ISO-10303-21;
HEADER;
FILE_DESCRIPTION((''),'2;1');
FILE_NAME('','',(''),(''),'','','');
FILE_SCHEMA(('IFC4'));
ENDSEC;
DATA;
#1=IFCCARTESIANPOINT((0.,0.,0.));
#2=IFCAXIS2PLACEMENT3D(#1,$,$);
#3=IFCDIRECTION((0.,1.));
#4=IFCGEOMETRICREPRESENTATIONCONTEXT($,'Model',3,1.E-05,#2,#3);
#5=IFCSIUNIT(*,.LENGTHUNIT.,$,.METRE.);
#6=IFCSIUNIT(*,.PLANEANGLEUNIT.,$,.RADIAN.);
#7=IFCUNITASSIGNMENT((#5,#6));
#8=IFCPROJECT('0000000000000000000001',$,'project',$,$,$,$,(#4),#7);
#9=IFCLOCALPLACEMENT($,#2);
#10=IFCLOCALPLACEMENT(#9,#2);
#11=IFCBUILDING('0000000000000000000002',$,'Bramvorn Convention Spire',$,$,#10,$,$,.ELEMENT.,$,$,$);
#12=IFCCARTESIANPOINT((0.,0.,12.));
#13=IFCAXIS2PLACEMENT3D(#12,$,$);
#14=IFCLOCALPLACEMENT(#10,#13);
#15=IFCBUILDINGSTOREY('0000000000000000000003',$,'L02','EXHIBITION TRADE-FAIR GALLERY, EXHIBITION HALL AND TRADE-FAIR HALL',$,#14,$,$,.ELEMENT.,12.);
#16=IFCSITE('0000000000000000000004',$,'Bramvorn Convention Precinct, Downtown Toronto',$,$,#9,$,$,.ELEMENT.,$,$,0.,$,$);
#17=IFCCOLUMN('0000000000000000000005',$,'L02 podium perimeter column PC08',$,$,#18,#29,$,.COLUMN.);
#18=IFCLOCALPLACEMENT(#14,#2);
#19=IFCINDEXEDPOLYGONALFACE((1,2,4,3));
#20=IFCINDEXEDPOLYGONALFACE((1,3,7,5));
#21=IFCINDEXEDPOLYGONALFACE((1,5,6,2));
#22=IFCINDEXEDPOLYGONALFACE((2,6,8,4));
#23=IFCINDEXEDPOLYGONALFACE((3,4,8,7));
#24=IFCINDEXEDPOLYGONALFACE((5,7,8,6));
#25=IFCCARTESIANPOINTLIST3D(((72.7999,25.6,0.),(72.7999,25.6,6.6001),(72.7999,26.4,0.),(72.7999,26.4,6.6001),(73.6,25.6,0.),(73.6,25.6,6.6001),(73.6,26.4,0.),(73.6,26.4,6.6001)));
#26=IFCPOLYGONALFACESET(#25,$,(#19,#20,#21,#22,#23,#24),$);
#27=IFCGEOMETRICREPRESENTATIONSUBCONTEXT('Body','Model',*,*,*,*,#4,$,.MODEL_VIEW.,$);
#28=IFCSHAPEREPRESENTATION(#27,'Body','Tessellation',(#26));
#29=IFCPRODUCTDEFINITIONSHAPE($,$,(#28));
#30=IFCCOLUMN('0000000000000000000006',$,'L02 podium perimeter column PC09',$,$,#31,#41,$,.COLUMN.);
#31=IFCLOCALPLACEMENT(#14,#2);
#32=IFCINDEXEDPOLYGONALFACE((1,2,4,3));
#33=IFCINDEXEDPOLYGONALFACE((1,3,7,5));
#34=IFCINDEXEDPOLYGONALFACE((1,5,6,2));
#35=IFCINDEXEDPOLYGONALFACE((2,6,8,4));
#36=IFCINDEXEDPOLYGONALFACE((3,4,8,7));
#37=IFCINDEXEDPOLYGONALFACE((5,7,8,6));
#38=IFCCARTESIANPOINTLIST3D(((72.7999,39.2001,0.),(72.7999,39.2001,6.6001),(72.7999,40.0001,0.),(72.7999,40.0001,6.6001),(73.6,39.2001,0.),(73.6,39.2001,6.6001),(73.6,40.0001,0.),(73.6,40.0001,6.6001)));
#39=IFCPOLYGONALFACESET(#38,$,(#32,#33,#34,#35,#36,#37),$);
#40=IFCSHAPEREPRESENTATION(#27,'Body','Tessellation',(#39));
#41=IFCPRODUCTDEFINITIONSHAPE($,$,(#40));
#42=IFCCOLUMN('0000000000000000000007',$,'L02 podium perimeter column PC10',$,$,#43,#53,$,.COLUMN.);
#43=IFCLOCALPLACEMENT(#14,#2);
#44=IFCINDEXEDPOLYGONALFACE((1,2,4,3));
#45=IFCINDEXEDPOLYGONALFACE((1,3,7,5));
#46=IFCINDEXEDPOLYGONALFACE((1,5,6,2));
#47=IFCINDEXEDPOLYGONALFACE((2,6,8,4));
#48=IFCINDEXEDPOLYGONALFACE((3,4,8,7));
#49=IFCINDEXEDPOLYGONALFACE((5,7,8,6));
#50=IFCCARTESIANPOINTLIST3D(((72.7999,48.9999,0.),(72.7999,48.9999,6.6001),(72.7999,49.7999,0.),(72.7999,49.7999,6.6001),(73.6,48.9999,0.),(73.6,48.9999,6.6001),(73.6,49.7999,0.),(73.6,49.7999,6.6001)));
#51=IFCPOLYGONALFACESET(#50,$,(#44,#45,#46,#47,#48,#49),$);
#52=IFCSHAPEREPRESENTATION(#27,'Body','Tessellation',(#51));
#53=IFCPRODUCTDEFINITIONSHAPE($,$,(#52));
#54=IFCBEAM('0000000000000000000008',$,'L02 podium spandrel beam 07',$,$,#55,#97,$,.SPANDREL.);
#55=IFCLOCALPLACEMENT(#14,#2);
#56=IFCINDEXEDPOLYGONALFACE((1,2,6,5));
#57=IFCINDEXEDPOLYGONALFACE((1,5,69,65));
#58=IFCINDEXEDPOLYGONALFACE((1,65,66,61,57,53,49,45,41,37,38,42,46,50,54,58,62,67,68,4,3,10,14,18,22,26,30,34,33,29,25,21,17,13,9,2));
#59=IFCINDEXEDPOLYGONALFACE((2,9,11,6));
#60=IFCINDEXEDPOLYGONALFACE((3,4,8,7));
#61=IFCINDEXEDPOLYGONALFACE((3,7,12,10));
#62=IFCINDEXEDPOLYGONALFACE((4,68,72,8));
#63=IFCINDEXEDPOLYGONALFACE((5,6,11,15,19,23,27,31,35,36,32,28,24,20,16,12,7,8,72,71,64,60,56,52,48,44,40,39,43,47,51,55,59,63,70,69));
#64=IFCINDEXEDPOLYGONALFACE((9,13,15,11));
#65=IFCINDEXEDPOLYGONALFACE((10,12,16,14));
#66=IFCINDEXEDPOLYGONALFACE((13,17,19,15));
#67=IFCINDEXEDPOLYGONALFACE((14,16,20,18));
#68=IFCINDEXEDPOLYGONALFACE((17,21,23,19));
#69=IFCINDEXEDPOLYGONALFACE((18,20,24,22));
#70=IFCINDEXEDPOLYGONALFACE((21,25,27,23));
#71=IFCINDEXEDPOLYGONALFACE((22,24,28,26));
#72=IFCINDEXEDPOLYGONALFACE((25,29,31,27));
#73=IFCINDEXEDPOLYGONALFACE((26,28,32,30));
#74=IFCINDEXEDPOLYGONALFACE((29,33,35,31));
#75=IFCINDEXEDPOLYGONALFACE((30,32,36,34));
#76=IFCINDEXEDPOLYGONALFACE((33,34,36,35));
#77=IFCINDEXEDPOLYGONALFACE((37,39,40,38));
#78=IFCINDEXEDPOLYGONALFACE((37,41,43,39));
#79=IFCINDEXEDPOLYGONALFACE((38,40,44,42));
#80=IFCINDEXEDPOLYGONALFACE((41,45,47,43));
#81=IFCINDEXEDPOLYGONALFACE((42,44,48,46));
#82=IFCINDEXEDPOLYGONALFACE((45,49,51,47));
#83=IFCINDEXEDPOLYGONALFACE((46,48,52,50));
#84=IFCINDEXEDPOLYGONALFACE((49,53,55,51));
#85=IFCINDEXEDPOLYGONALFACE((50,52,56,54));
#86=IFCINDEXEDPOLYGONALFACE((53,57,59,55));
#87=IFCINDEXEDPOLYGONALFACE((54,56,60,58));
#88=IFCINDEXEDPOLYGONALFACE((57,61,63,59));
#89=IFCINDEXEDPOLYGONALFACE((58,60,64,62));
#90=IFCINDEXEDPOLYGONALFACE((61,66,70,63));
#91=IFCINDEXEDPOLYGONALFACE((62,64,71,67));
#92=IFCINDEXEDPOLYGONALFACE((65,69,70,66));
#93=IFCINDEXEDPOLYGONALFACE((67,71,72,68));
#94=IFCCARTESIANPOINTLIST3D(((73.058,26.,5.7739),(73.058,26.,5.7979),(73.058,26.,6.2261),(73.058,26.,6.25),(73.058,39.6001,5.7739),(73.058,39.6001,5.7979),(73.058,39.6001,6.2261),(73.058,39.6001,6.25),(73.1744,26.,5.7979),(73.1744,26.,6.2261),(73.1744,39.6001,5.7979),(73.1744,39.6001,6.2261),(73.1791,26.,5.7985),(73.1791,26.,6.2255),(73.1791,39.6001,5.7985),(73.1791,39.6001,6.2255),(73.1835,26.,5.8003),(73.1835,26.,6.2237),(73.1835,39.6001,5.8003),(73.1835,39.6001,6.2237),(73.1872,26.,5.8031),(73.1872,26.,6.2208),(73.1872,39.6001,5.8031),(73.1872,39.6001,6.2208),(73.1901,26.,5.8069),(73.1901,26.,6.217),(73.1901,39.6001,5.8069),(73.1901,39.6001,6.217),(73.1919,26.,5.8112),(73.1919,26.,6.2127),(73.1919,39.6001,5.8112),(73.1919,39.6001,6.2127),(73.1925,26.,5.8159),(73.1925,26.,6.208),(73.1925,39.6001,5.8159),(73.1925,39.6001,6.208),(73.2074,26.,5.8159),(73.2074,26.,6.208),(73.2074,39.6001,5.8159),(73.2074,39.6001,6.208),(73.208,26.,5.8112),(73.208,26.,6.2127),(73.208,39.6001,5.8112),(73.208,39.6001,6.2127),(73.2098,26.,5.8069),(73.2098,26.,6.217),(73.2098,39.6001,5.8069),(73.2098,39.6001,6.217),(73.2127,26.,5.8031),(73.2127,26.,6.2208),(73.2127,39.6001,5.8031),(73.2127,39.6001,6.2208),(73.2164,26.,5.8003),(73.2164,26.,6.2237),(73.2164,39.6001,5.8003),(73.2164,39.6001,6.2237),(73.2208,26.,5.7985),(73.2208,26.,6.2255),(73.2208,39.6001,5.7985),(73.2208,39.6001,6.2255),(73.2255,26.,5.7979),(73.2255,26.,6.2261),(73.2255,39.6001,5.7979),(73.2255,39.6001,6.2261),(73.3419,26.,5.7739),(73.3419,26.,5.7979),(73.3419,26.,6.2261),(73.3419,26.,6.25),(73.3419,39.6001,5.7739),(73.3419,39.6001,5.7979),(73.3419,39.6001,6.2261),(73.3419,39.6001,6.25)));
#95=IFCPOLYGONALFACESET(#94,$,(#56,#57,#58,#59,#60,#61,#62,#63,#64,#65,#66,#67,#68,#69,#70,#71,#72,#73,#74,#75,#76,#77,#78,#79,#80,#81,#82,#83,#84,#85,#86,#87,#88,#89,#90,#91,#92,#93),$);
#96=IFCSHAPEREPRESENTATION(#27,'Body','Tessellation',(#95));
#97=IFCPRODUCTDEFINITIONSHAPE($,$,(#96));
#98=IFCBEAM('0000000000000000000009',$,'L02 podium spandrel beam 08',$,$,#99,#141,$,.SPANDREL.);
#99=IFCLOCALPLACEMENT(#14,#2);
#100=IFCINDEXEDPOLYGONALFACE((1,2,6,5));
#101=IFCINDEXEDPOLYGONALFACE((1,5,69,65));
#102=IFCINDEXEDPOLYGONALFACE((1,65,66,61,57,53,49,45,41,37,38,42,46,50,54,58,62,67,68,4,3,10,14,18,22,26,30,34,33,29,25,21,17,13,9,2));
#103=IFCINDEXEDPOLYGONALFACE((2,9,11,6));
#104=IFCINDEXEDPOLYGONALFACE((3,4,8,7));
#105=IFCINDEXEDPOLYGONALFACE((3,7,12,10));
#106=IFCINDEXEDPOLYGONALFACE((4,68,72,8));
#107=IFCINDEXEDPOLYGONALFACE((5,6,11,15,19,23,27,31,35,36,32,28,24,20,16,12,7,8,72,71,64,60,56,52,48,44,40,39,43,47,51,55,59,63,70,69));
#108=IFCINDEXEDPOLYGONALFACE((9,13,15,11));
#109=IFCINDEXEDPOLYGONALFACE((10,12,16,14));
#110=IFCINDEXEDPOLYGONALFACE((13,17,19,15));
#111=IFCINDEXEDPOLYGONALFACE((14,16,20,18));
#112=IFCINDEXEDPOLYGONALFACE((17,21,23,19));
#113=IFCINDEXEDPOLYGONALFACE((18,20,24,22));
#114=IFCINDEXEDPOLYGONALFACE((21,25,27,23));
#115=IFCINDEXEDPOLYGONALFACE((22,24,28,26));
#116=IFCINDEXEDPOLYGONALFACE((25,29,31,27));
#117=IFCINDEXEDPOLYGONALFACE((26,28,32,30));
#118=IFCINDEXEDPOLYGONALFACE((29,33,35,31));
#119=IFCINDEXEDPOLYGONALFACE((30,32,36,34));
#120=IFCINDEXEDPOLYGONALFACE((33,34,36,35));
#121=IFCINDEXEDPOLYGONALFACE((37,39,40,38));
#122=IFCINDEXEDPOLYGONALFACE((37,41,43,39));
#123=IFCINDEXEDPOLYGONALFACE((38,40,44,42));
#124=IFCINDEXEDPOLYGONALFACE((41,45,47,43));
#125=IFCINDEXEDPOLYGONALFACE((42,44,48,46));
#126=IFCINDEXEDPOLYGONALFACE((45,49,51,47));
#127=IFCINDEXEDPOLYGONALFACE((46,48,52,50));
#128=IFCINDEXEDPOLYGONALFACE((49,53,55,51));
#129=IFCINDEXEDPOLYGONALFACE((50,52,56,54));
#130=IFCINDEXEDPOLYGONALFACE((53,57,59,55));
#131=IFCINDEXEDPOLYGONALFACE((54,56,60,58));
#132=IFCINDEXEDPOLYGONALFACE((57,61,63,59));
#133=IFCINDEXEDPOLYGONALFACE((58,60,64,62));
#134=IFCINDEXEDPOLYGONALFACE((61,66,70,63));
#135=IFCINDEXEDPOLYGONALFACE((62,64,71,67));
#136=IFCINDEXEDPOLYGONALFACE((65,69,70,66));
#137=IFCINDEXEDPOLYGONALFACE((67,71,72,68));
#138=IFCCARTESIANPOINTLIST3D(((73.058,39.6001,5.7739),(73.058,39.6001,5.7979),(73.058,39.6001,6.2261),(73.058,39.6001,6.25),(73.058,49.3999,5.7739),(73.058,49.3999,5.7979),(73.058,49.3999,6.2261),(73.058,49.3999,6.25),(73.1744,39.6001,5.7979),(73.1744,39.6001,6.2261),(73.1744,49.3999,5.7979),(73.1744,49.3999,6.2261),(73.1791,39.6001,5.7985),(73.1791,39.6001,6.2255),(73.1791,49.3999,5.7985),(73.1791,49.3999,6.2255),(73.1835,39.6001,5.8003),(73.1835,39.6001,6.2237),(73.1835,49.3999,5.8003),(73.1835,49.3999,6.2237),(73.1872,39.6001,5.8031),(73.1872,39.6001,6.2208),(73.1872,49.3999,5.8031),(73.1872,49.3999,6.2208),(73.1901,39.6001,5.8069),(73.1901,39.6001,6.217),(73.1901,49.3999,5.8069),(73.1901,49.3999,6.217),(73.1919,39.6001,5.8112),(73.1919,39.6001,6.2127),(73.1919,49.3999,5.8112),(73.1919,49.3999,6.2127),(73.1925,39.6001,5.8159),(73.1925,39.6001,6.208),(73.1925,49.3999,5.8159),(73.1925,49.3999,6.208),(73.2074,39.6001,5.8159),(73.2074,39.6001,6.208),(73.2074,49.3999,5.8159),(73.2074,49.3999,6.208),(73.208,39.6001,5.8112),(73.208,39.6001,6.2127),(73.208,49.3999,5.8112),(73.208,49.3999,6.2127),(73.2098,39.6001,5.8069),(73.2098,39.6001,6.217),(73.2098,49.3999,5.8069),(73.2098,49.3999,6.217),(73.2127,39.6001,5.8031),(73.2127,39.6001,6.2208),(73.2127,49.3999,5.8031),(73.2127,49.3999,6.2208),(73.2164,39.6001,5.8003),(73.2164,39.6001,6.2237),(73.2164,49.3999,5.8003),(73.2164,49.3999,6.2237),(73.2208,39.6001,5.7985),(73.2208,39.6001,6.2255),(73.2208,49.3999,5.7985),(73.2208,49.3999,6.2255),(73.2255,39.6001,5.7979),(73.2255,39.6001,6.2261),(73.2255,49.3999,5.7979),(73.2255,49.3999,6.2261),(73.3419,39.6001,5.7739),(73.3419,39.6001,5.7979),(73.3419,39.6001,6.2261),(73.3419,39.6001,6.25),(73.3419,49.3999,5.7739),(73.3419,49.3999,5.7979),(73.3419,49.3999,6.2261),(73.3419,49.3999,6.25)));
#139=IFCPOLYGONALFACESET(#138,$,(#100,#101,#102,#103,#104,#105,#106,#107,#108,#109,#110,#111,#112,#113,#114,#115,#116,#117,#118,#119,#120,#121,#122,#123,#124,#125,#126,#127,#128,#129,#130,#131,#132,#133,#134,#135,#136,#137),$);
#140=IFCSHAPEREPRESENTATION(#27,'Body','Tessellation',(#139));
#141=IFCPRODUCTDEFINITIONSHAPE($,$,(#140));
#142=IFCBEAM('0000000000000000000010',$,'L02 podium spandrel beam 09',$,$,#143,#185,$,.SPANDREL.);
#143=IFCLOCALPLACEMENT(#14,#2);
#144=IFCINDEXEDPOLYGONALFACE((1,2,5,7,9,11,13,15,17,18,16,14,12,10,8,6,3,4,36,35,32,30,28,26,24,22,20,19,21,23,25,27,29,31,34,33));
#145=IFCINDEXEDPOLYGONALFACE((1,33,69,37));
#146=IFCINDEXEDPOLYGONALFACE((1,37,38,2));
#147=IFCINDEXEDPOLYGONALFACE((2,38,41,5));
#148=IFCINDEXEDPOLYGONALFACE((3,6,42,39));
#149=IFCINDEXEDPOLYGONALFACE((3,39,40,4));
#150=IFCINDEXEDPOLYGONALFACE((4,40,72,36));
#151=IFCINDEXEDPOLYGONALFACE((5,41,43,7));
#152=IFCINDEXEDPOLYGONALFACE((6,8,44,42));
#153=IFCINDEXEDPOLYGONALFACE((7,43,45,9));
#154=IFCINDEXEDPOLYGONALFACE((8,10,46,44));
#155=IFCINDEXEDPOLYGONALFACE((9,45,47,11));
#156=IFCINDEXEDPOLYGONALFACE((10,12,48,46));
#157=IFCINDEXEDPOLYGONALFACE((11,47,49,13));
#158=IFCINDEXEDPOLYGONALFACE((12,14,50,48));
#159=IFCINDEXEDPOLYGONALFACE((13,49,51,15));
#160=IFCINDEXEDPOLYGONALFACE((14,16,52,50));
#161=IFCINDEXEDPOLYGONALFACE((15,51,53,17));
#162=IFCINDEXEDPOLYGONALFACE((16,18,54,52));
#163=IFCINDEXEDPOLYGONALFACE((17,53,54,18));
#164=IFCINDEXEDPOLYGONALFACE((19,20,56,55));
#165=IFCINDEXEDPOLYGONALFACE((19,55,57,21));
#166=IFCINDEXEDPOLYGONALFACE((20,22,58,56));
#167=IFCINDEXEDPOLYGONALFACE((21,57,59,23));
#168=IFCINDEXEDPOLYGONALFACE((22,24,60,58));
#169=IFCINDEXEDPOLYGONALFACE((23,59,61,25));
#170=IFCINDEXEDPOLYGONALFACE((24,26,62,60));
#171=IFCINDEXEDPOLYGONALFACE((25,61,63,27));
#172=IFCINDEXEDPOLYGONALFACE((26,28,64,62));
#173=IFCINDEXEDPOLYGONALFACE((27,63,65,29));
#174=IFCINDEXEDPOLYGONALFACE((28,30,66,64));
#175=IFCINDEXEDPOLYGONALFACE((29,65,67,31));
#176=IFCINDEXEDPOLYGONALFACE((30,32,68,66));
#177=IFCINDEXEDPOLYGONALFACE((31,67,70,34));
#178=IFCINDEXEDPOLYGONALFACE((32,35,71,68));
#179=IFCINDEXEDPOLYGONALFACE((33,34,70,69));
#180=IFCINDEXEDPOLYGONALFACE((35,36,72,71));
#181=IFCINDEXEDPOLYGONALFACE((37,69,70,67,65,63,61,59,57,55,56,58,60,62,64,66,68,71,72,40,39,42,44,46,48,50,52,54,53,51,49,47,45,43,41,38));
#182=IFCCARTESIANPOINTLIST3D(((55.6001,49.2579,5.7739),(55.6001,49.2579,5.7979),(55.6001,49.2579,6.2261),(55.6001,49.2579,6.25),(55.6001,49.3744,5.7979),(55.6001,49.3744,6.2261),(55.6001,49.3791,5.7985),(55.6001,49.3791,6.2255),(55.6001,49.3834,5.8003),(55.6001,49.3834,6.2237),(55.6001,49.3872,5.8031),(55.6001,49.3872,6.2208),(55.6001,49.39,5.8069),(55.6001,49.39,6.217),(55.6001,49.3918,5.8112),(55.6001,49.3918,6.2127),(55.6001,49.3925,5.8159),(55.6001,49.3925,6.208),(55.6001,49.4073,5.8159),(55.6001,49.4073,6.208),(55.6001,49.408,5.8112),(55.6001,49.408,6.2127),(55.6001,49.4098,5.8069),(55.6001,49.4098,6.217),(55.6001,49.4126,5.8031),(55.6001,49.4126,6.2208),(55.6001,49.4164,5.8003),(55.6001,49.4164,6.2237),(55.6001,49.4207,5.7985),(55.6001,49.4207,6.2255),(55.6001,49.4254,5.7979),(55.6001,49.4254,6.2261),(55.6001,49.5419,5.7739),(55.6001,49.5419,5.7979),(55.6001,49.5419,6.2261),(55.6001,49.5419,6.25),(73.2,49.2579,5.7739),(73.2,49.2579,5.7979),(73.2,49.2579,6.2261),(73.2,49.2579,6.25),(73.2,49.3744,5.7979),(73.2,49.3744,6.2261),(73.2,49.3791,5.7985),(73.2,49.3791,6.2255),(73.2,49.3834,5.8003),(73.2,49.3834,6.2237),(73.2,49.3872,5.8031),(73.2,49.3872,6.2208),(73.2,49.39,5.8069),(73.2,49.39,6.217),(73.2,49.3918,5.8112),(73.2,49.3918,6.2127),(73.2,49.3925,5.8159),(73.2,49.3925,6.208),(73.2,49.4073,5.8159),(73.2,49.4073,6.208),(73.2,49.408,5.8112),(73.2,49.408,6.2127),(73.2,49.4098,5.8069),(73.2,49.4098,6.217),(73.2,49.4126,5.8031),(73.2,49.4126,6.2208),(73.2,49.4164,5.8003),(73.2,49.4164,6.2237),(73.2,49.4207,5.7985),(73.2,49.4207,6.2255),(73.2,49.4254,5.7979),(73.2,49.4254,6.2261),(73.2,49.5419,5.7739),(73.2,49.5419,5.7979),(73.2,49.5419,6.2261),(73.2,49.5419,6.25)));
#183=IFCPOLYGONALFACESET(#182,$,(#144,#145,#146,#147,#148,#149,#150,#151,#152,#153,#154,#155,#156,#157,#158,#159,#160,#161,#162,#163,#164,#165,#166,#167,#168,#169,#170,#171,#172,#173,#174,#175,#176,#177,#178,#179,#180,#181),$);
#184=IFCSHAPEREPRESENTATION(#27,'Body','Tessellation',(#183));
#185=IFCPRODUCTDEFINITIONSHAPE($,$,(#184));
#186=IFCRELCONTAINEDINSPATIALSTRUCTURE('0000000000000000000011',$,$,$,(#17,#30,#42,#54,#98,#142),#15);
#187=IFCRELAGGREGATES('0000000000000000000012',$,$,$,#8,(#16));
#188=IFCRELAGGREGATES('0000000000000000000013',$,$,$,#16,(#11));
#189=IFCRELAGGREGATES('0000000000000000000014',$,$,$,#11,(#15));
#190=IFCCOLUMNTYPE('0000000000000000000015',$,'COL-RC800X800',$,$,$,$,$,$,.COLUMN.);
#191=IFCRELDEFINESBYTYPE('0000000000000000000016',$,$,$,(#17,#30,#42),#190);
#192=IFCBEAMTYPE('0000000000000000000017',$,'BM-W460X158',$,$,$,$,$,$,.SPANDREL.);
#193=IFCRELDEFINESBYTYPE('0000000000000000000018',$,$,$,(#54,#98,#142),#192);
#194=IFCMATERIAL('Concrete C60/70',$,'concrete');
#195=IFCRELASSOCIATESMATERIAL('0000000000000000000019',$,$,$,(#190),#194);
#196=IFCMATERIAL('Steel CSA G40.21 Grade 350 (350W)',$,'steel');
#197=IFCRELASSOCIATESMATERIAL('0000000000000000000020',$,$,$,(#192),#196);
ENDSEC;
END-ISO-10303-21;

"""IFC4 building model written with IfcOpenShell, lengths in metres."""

from ifc_helpers import new_model, si_unit, direction, frame, origin, origin_2d, place, context, subcontext, project, spatial, rectangle, i_section, extrude, material, material_profile, profile_set, type_object, element, save


model = new_model("IFC4")

# Units and contexts
model_context = context("Model", 3, precision=1e-05, world=origin(), true_north=direction((0.0, 1.0)))
body_context = subcontext(model_context, "Body", "Model", "MODEL_VIEW")
ifc_project = project(units=[si_unit("LENGTHUNIT", "METRE"), si_unit("PLANEANGLEUNIT", "RADIAN")], contexts=[model_context])

# Site, building, storey
site_placement = place(None, origin())
site = spatial("IfcSite", under=ifc_project, at=site_placement, Name="Bramvorn Convention Precinct, Downtown Toronto", CompositionType="ELEMENT", RefElevation=0.0)
building_placement = place(site_placement, origin())
building = spatial("IfcBuilding", under=site, at=building_placement, Name="Bramvorn Convention Spire", CompositionType="ELEMENT")
storey_placement = place(building_placement, frame((0.0, 0.0, 12.0)))
storey = spatial("IfcBuildingStorey", under=building, at=storey_placement, Name="L02", Description="EXHIBITION TRADE-FAIR GALLERY, EXHIBITION HALL AND TRADE-FAIR HALL", CompositionType="ELEMENT", Elevation=12.0)

# Columns
ifc_material_1 = material(Name="Concrete C60/70", Category="concrete")
ifc_material_profile_1 = material_profile(ifc_material_1, rectangle(XDim=0.8, YDim=0.8, at=origin_2d()))
ifc_profile_set_1 = profile_set([ifc_material_profile_1], Name="Concrete C60/70 - RC800X800")
column_type = type_object("IfcColumnType", Name="COL-RC800X800", PredefinedType="COLUMN", material=ifc_profile_set_1)
for number, where, z_axis, x_axis, name in (
    (1, (73.2, 26.0, 0.0), (0.0, 0.0, 1.0), (1.0, 0.0, 0.0), "L02 podium perimeter column PC08"),
    (2, (73.2, 39.6001, 0.0), (0.0, 0.0, 1.0), (1.0, 0.0, 0.0), "L02 podium perimeter column PC09"),
    (3, (73.2, 49.3999, 0.0), (0.0, 0.0, 1.0), (1.0, 0.0, 0.0), "L02 podium perimeter column PC10"),
):
    element("IfcColumn", number, at=place(storey_placement, frame(where, z_axis=z_axis, x_axis=x_axis)), inside=storey, type_object=column_type, Name=name, PredefinedType="COLUMN", context=body_context, shape_type="SweptSolid", body=[
        extrude(rectangle(XDim=0.8, YDim=0.8, at=origin_2d()), origin(), (0.0, 0.0, 1.0), 6.6001),
    ])

# Beams
ifc_material_2 = material(Name="Steel CSA G40.21 Grade 350 (350W)", Category="steel")
ifc_material_profile_2 = material_profile(ifc_material_2, i_section(OverallWidth=0.2839, OverallDepth=0.4761, WebThickness=0.0149, FlangeThickness=0.0239, FilletRadius=0.0181, at=origin_2d()))
ifc_profile_set_2 = profile_set([ifc_material_profile_2], Name="Steel CSA G40.21 Grade 350 (350W) - W460X158")
beam_type = type_object("IfcBeamType", Name="BM-W460X158", PredefinedType="SPANDREL", material=ifc_profile_set_2)
beam_1_placement = place(storey_placement, frame((73.2, 26.0, 6.012), z_axis=(0.0, 1.0, 0.0), x_axis=(-1.0, 0.0, 0.0)))
element("IfcBeam", 4, at=beam_1_placement, inside=storey, type_object=beam_type, Name="L02 podium spandrel beam 07", PredefinedType="SPANDREL", context=body_context, shape_type="SweptSolid", body=[
    extrude(i_section(OverallWidth=0.2839, OverallDepth=0.4761, WebThickness=0.0149, FlangeThickness=0.0239, FilletRadius=0.0181, at=origin_2d()), origin(), (0.0, 0.0, 1.0), 13.6001),
])
beam_2_placement = place(storey_placement, frame((73.2, 39.6001, 6.012), z_axis=(0.0, 1.0, 0.0), x_axis=(-1.0, 0.0, 0.0)))
element("IfcBeam", 5, at=beam_2_placement, inside=storey, type_object=beam_type, Name="L02 podium spandrel beam 08", PredefinedType="SPANDREL", context=body_context, shape_type="SweptSolid", body=[
    extrude(i_section(OverallWidth=0.2839, OverallDepth=0.4761, WebThickness=0.0149, FlangeThickness=0.0239, FilletRadius=0.0181, at=origin_2d()), origin(), (0.0, 0.0, 1.0), 9.7998),
])
beam_3_placement = place(storey_placement, frame((73.2, 49.3999, 6.012), z_axis=(-1.0, 0.0, 0.0), x_axis=(0.0, -1.0, 0.0)))
element("IfcBeam", 6, at=beam_3_placement, inside=storey, type_object=beam_type, Name="L02 podium spandrel beam 09", PredefinedType="SPANDREL", context=body_context, shape_type="SweptSolid", body=[
    extrude(i_section(OverallWidth=0.2839, OverallDepth=0.4761, WebThickness=0.0149, FlangeThickness=0.0239, FilletRadius=0.0181, at=origin_2d()), origin(), (0.0, 0.0, 1.0), 17.5999),
])

save(model, "model.ifc")
